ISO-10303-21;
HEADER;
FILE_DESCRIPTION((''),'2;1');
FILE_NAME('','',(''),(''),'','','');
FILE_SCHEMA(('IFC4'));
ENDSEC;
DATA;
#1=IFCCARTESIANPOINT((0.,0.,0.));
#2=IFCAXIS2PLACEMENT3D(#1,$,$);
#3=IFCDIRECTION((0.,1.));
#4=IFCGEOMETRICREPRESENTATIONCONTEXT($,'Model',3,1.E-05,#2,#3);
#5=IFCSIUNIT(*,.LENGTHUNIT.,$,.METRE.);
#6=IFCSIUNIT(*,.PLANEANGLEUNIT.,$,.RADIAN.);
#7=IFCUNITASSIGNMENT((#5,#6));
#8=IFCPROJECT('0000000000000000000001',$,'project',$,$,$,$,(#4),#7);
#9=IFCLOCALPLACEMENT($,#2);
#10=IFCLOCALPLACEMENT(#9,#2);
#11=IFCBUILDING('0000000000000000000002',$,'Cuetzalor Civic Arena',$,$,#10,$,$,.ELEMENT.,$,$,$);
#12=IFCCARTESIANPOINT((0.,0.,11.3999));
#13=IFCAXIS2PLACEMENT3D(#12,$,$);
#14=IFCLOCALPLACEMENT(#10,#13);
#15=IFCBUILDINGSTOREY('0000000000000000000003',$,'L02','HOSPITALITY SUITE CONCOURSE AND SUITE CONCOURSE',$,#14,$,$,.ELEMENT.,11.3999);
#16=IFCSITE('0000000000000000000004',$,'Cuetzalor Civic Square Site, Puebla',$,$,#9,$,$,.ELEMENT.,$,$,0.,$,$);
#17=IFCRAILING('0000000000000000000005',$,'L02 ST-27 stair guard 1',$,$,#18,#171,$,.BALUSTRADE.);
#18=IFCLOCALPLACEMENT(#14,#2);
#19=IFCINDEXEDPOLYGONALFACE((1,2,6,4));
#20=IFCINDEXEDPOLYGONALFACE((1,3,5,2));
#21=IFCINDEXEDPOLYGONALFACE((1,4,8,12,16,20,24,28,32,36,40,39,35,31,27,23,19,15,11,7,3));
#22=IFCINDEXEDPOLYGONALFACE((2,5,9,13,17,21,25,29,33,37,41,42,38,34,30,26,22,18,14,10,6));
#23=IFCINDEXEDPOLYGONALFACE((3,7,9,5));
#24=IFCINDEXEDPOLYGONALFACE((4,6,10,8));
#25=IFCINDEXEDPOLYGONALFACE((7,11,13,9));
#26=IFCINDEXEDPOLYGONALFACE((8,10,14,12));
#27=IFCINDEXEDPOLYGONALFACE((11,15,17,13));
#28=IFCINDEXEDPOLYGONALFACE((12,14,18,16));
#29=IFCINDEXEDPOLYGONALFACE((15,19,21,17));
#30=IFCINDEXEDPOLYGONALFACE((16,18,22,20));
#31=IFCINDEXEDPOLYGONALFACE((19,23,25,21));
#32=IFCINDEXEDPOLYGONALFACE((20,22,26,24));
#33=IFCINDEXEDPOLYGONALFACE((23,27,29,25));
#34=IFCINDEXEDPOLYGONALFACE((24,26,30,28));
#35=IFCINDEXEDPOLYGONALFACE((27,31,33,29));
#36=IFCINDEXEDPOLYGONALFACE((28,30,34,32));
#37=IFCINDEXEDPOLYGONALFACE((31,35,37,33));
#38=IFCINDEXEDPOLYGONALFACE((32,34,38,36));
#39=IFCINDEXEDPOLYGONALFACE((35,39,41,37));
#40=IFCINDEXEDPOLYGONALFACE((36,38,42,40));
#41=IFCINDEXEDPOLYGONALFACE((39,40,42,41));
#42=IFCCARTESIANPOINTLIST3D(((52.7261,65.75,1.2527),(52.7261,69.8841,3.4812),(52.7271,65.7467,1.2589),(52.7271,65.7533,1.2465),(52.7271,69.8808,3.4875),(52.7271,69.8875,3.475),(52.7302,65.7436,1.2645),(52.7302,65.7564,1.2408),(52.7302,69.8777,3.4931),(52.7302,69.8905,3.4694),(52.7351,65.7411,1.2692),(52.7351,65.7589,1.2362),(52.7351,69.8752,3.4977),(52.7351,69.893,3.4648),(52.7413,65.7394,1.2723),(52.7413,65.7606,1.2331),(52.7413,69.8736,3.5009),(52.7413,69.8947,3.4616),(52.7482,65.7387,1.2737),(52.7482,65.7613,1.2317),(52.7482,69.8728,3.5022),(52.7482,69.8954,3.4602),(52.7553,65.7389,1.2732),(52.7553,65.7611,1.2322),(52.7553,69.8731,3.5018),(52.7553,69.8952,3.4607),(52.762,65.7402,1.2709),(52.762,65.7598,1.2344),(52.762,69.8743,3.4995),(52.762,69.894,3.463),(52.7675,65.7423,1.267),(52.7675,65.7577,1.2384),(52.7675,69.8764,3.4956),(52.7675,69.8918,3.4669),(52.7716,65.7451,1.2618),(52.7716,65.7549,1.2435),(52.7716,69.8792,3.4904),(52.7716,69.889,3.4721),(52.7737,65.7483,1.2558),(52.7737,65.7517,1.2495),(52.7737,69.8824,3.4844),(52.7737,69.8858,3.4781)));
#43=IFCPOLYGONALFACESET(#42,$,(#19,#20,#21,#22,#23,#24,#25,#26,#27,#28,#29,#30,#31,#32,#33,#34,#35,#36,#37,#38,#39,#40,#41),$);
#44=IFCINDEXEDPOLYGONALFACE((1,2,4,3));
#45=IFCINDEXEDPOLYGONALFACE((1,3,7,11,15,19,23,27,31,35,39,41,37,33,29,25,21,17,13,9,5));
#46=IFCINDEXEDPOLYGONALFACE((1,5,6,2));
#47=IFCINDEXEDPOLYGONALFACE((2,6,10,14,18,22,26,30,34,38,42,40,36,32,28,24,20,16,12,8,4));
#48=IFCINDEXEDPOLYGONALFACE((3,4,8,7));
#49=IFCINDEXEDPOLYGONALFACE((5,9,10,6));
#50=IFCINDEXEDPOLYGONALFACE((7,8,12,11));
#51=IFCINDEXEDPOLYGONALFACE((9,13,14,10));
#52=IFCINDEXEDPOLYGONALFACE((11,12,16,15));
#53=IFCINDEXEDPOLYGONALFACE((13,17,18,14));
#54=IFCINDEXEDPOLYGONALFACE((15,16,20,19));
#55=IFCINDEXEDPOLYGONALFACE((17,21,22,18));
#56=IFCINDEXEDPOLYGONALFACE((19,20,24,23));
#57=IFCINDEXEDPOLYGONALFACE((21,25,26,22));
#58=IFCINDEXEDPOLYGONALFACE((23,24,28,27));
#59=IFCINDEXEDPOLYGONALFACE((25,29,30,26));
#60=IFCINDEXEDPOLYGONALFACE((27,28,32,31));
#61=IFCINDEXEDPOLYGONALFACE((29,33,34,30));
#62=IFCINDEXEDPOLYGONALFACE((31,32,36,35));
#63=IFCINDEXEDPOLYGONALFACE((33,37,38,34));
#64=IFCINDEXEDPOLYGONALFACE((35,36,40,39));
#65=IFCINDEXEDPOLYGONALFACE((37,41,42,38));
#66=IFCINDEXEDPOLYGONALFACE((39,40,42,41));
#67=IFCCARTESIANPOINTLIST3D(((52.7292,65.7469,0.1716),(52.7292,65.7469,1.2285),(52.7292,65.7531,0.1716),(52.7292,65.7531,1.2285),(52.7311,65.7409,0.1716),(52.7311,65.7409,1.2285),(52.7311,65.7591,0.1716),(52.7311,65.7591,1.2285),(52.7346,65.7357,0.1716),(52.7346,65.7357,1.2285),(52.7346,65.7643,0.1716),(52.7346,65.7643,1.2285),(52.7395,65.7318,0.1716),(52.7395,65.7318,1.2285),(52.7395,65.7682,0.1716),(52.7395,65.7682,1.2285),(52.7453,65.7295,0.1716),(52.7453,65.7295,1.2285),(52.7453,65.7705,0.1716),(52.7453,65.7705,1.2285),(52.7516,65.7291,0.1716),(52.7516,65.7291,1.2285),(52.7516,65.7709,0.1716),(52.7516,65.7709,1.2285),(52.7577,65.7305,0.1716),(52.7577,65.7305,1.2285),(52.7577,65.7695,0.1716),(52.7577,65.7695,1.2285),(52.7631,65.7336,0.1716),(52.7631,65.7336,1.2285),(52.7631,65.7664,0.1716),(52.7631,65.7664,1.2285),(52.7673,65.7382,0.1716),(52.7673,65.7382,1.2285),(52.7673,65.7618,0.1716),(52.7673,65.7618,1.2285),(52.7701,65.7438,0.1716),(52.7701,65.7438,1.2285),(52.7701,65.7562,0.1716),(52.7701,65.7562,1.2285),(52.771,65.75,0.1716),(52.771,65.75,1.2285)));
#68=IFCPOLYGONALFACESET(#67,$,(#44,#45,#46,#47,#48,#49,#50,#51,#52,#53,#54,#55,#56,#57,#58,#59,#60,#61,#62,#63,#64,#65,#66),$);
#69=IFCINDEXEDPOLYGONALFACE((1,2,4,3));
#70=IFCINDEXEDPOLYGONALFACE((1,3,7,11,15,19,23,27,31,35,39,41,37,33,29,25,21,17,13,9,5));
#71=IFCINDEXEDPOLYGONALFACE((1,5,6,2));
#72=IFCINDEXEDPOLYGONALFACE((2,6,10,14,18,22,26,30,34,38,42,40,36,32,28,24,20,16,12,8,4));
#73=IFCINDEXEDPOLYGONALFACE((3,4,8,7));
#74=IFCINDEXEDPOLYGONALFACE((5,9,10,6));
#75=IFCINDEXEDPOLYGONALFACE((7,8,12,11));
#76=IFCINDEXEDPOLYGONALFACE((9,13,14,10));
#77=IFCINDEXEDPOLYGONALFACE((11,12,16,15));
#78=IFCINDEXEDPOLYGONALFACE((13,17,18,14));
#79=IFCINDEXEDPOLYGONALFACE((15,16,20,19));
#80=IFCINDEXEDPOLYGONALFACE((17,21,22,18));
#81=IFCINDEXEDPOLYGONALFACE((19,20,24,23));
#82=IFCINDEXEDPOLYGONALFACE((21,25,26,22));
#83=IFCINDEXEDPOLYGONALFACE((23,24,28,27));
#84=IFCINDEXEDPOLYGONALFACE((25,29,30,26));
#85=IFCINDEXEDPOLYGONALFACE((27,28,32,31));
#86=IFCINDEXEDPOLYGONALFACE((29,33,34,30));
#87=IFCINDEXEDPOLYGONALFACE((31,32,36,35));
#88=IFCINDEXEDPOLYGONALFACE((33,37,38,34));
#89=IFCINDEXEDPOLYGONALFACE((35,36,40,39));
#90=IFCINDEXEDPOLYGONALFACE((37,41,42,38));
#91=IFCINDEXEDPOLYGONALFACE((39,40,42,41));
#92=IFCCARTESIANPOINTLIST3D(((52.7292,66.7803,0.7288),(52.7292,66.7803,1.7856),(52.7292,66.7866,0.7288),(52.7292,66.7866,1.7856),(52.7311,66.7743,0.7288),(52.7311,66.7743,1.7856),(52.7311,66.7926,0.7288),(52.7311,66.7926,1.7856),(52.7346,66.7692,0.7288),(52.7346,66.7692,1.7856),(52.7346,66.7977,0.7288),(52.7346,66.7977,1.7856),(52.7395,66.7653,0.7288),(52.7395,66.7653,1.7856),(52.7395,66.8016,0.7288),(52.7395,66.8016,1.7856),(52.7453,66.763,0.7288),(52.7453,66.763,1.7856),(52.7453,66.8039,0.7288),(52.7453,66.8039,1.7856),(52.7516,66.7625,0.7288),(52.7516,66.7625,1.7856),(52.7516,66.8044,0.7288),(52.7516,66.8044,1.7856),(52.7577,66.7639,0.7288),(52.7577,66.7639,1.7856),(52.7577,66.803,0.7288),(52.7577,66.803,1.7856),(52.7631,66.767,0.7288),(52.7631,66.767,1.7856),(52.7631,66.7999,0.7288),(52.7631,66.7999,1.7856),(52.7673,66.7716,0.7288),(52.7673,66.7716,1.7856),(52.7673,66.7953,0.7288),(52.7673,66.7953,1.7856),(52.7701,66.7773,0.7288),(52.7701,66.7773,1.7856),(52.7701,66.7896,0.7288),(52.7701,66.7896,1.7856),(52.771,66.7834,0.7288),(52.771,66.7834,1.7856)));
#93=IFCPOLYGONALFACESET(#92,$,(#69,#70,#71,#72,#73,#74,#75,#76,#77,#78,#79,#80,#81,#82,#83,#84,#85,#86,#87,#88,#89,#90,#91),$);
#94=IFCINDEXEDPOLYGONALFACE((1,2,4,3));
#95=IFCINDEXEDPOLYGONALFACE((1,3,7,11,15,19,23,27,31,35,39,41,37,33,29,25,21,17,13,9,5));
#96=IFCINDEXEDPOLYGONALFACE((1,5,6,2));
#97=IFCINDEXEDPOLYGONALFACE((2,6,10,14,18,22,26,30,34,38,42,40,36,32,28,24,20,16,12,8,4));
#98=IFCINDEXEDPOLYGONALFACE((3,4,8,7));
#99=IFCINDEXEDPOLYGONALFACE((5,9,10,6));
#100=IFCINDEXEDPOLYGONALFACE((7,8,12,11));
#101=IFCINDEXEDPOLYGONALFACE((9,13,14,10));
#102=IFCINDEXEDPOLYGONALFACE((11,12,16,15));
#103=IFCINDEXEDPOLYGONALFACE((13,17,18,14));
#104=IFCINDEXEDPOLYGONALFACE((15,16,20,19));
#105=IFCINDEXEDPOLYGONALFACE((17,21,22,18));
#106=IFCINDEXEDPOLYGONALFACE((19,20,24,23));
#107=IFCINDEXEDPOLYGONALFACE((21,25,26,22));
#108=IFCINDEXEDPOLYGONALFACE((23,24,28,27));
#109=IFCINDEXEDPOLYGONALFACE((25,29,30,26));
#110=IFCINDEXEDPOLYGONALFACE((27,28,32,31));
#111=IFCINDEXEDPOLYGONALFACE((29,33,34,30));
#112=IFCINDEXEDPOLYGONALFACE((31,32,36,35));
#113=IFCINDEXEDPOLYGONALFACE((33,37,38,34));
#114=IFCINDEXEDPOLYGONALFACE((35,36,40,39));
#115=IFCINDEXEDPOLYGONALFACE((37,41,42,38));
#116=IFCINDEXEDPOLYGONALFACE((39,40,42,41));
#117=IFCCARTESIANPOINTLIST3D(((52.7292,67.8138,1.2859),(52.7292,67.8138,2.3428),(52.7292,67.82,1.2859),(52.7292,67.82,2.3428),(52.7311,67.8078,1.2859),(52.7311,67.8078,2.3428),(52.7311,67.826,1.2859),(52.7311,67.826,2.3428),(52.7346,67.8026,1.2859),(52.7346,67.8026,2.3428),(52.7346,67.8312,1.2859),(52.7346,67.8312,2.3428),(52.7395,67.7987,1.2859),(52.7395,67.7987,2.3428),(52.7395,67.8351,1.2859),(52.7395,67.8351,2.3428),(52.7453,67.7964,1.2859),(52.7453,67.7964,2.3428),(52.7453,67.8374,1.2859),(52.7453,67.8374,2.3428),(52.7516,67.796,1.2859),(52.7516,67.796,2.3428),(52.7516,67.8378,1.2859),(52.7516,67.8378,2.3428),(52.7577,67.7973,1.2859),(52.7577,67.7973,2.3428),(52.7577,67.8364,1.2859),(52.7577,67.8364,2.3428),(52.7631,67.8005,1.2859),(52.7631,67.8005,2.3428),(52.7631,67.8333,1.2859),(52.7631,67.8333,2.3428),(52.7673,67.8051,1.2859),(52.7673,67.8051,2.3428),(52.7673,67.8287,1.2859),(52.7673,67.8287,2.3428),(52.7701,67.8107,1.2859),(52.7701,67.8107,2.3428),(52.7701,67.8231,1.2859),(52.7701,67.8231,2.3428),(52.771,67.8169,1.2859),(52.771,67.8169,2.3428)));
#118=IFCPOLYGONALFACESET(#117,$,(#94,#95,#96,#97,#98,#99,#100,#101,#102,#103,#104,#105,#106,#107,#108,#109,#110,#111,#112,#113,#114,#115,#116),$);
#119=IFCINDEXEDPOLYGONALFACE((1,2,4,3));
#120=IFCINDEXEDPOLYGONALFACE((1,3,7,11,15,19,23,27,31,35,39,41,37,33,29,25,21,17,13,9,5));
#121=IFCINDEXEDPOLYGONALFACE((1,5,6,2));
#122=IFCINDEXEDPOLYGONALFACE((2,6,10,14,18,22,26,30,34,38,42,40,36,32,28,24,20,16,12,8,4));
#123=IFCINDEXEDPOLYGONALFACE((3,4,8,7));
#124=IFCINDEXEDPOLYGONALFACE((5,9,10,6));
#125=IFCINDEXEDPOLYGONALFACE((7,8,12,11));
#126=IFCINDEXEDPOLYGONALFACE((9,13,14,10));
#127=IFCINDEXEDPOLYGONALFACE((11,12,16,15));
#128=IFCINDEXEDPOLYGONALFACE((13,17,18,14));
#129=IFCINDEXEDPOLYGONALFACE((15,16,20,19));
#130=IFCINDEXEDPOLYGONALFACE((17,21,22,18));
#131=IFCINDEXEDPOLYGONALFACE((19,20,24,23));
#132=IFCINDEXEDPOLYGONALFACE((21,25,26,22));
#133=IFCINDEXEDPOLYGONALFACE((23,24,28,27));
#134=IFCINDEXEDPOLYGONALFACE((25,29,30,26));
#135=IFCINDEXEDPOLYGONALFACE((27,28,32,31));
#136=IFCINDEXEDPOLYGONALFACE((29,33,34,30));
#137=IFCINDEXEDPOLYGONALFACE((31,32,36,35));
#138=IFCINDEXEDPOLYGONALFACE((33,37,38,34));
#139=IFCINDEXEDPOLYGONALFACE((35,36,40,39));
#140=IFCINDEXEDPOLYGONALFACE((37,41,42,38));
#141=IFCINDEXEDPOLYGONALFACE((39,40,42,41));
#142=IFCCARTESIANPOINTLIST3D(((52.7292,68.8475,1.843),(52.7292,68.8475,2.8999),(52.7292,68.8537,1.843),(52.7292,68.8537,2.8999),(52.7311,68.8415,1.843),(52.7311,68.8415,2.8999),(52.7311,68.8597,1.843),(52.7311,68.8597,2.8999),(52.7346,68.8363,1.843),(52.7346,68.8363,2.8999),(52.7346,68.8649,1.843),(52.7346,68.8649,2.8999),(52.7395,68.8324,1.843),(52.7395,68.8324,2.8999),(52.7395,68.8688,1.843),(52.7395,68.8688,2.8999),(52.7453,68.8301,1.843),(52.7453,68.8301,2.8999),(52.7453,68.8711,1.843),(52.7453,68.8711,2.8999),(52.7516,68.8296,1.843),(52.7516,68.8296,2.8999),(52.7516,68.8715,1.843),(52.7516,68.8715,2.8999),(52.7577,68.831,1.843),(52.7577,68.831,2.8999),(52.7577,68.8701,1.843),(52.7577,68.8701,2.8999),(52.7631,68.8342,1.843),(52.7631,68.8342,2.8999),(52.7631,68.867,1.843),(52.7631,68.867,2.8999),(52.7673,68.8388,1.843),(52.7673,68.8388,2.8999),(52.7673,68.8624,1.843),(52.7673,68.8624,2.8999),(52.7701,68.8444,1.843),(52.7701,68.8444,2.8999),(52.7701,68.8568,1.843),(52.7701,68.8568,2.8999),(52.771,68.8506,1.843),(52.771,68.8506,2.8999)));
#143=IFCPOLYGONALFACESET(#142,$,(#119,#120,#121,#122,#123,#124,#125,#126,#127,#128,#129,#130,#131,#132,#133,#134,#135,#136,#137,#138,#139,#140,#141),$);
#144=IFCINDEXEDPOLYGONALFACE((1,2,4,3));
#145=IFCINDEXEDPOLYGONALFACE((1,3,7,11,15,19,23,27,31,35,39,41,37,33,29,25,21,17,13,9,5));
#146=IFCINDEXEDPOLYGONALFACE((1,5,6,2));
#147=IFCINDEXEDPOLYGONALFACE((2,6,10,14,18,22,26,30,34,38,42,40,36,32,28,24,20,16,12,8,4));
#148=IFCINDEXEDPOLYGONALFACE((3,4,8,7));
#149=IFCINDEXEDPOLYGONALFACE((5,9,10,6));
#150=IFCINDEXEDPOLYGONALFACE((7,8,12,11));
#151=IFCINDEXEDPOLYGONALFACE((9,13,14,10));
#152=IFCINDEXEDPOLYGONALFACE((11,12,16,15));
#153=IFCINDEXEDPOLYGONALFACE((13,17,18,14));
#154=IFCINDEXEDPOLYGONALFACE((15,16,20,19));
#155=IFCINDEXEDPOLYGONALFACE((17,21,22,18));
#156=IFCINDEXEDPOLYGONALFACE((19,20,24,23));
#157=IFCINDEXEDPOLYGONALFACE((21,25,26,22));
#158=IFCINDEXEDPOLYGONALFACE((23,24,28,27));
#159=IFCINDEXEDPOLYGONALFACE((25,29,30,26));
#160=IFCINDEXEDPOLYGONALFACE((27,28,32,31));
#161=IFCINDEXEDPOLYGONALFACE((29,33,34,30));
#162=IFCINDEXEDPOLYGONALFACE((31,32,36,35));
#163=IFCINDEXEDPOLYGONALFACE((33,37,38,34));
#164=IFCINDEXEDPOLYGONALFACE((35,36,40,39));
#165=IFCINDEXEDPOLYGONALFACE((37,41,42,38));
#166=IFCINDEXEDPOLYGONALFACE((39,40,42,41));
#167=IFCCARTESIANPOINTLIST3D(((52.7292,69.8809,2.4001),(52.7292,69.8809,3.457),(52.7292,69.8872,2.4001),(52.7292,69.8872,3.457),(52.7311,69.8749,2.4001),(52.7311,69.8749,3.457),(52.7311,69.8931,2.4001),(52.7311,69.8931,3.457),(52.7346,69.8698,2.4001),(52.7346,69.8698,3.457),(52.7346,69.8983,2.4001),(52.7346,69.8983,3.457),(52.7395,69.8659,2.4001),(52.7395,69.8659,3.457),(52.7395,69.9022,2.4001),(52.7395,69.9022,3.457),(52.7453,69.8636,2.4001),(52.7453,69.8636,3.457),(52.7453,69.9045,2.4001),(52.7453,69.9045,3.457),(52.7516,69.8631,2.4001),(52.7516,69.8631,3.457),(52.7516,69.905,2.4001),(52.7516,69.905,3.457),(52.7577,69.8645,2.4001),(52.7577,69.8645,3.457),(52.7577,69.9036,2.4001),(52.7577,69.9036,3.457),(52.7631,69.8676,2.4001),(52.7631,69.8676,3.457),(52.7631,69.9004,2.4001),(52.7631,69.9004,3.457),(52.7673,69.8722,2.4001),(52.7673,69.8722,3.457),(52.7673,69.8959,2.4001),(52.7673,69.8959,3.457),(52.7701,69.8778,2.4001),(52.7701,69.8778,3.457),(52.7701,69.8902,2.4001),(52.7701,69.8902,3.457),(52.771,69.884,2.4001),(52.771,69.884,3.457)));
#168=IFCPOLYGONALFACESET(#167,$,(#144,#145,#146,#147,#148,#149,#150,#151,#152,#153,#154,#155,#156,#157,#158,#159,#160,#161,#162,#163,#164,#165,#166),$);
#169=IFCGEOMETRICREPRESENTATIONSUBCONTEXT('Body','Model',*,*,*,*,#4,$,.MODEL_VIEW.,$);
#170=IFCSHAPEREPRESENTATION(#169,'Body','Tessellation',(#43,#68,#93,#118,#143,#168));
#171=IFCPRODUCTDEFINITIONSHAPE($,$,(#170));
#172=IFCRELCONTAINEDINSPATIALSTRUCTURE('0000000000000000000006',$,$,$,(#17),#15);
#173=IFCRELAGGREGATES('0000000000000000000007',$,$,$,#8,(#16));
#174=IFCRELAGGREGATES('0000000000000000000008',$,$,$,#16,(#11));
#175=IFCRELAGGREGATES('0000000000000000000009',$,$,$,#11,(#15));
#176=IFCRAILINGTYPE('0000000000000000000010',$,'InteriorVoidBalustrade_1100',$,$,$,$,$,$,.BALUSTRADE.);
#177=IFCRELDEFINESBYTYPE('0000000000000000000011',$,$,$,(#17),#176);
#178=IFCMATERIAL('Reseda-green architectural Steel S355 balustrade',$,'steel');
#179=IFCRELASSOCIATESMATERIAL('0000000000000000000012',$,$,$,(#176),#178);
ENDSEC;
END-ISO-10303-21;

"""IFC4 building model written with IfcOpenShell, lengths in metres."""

from ifc_helpers import new_model, si_unit, direction, frame, origin, origin_2d, place, context, subcontext, project, spatial, circle, extrude, material, type_object, element, save


model = new_model("IFC4")

# Units and contexts
model_context = context("Model", 3, precision=1e-05, world=origin(), true_north=direction((0.0, 1.0)))
body_context = subcontext(model_context, "Body", "Model", "MODEL_VIEW")
ifc_project = project(units=[si_unit("LENGTHUNIT", "METRE"), si_unit("PLANEANGLEUNIT", "RADIAN")], contexts=[model_context])

# Site, building, storey
site_placement = place(None, origin())
site = spatial("IfcSite", under=ifc_project, at=site_placement, Name="Cuetzalor Civic Square Site, Puebla", CompositionType="ELEMENT", RefElevation=0.0)
building_placement = place(site_placement, origin())
building = spatial("IfcBuilding", under=site, at=building_placement, Name="Cuetzalor Civic Arena", CompositionType="ELEMENT")
storey_placement = place(building_placement, frame((0.0, 0.0, 11.3999)))
storey = spatial("IfcBuildingStorey", under=building, at=storey_placement, Name="L02", Description="HOSPITALITY SUITE CONCOURSE AND SUITE CONCOURSE", CompositionType="ELEMENT", Elevation=11.3999)

# Railing
ifc_material_1 = material(Name="Reseda-green architectural Steel S355 balustrade", Category="steel")
railing_type_1 = type_object("IfcRailingType", Name="InteriorVoidBalustrade_1100", PredefinedType="BALUSTRADE", material=ifc_material_1)
railing_1_placement = place(storey_placement, frame((52.75, 65.75, 0.1716)))
element("IfcRailing", 1, at=railing_1_placement, inside=storey, type_object=railing_type_1, Name="L02 ST-27 stair guard 1", PredefinedType="BALUSTRADE", context=body_context, shape_type="SweptSolid", body=[
    extrude(circle(Radius=0.0239, at=origin_2d()), frame((0.0, 0.0, 1.0811), z_axis=(0.0, 0.880249, 0.474512), x_axis=(-1.0, 0.0, 0.0)), (0.0, 0.0, 1.0), 4.6965),
    extrude(circle(Radius=0.021, at=origin_2d()), origin(), (0.0, 0.0, 1.0), 1.0569),
    extrude(circle(Radius=0.021, at=origin_2d()), frame((0.0, 1.0334, 0.5571)), (0.0, 0.0, 1.0), 1.0569),
    extrude(circle(Radius=0.021, at=origin_2d()), frame((0.0, 2.0669, 1.1143)), (0.0, 0.0, 1.0), 1.0569),
    extrude(circle(Radius=0.021, at=origin_2d()), frame((0.0, 3.1006, 1.6714)), (0.0, 0.0, 1.0), 1.0569),
    extrude(circle(Radius=0.021, at=origin_2d()), frame((0.0, 4.134, 2.2285)), (0.0, 0.0, 1.0), 1.0569),
])

save(model, "model.ifc")
